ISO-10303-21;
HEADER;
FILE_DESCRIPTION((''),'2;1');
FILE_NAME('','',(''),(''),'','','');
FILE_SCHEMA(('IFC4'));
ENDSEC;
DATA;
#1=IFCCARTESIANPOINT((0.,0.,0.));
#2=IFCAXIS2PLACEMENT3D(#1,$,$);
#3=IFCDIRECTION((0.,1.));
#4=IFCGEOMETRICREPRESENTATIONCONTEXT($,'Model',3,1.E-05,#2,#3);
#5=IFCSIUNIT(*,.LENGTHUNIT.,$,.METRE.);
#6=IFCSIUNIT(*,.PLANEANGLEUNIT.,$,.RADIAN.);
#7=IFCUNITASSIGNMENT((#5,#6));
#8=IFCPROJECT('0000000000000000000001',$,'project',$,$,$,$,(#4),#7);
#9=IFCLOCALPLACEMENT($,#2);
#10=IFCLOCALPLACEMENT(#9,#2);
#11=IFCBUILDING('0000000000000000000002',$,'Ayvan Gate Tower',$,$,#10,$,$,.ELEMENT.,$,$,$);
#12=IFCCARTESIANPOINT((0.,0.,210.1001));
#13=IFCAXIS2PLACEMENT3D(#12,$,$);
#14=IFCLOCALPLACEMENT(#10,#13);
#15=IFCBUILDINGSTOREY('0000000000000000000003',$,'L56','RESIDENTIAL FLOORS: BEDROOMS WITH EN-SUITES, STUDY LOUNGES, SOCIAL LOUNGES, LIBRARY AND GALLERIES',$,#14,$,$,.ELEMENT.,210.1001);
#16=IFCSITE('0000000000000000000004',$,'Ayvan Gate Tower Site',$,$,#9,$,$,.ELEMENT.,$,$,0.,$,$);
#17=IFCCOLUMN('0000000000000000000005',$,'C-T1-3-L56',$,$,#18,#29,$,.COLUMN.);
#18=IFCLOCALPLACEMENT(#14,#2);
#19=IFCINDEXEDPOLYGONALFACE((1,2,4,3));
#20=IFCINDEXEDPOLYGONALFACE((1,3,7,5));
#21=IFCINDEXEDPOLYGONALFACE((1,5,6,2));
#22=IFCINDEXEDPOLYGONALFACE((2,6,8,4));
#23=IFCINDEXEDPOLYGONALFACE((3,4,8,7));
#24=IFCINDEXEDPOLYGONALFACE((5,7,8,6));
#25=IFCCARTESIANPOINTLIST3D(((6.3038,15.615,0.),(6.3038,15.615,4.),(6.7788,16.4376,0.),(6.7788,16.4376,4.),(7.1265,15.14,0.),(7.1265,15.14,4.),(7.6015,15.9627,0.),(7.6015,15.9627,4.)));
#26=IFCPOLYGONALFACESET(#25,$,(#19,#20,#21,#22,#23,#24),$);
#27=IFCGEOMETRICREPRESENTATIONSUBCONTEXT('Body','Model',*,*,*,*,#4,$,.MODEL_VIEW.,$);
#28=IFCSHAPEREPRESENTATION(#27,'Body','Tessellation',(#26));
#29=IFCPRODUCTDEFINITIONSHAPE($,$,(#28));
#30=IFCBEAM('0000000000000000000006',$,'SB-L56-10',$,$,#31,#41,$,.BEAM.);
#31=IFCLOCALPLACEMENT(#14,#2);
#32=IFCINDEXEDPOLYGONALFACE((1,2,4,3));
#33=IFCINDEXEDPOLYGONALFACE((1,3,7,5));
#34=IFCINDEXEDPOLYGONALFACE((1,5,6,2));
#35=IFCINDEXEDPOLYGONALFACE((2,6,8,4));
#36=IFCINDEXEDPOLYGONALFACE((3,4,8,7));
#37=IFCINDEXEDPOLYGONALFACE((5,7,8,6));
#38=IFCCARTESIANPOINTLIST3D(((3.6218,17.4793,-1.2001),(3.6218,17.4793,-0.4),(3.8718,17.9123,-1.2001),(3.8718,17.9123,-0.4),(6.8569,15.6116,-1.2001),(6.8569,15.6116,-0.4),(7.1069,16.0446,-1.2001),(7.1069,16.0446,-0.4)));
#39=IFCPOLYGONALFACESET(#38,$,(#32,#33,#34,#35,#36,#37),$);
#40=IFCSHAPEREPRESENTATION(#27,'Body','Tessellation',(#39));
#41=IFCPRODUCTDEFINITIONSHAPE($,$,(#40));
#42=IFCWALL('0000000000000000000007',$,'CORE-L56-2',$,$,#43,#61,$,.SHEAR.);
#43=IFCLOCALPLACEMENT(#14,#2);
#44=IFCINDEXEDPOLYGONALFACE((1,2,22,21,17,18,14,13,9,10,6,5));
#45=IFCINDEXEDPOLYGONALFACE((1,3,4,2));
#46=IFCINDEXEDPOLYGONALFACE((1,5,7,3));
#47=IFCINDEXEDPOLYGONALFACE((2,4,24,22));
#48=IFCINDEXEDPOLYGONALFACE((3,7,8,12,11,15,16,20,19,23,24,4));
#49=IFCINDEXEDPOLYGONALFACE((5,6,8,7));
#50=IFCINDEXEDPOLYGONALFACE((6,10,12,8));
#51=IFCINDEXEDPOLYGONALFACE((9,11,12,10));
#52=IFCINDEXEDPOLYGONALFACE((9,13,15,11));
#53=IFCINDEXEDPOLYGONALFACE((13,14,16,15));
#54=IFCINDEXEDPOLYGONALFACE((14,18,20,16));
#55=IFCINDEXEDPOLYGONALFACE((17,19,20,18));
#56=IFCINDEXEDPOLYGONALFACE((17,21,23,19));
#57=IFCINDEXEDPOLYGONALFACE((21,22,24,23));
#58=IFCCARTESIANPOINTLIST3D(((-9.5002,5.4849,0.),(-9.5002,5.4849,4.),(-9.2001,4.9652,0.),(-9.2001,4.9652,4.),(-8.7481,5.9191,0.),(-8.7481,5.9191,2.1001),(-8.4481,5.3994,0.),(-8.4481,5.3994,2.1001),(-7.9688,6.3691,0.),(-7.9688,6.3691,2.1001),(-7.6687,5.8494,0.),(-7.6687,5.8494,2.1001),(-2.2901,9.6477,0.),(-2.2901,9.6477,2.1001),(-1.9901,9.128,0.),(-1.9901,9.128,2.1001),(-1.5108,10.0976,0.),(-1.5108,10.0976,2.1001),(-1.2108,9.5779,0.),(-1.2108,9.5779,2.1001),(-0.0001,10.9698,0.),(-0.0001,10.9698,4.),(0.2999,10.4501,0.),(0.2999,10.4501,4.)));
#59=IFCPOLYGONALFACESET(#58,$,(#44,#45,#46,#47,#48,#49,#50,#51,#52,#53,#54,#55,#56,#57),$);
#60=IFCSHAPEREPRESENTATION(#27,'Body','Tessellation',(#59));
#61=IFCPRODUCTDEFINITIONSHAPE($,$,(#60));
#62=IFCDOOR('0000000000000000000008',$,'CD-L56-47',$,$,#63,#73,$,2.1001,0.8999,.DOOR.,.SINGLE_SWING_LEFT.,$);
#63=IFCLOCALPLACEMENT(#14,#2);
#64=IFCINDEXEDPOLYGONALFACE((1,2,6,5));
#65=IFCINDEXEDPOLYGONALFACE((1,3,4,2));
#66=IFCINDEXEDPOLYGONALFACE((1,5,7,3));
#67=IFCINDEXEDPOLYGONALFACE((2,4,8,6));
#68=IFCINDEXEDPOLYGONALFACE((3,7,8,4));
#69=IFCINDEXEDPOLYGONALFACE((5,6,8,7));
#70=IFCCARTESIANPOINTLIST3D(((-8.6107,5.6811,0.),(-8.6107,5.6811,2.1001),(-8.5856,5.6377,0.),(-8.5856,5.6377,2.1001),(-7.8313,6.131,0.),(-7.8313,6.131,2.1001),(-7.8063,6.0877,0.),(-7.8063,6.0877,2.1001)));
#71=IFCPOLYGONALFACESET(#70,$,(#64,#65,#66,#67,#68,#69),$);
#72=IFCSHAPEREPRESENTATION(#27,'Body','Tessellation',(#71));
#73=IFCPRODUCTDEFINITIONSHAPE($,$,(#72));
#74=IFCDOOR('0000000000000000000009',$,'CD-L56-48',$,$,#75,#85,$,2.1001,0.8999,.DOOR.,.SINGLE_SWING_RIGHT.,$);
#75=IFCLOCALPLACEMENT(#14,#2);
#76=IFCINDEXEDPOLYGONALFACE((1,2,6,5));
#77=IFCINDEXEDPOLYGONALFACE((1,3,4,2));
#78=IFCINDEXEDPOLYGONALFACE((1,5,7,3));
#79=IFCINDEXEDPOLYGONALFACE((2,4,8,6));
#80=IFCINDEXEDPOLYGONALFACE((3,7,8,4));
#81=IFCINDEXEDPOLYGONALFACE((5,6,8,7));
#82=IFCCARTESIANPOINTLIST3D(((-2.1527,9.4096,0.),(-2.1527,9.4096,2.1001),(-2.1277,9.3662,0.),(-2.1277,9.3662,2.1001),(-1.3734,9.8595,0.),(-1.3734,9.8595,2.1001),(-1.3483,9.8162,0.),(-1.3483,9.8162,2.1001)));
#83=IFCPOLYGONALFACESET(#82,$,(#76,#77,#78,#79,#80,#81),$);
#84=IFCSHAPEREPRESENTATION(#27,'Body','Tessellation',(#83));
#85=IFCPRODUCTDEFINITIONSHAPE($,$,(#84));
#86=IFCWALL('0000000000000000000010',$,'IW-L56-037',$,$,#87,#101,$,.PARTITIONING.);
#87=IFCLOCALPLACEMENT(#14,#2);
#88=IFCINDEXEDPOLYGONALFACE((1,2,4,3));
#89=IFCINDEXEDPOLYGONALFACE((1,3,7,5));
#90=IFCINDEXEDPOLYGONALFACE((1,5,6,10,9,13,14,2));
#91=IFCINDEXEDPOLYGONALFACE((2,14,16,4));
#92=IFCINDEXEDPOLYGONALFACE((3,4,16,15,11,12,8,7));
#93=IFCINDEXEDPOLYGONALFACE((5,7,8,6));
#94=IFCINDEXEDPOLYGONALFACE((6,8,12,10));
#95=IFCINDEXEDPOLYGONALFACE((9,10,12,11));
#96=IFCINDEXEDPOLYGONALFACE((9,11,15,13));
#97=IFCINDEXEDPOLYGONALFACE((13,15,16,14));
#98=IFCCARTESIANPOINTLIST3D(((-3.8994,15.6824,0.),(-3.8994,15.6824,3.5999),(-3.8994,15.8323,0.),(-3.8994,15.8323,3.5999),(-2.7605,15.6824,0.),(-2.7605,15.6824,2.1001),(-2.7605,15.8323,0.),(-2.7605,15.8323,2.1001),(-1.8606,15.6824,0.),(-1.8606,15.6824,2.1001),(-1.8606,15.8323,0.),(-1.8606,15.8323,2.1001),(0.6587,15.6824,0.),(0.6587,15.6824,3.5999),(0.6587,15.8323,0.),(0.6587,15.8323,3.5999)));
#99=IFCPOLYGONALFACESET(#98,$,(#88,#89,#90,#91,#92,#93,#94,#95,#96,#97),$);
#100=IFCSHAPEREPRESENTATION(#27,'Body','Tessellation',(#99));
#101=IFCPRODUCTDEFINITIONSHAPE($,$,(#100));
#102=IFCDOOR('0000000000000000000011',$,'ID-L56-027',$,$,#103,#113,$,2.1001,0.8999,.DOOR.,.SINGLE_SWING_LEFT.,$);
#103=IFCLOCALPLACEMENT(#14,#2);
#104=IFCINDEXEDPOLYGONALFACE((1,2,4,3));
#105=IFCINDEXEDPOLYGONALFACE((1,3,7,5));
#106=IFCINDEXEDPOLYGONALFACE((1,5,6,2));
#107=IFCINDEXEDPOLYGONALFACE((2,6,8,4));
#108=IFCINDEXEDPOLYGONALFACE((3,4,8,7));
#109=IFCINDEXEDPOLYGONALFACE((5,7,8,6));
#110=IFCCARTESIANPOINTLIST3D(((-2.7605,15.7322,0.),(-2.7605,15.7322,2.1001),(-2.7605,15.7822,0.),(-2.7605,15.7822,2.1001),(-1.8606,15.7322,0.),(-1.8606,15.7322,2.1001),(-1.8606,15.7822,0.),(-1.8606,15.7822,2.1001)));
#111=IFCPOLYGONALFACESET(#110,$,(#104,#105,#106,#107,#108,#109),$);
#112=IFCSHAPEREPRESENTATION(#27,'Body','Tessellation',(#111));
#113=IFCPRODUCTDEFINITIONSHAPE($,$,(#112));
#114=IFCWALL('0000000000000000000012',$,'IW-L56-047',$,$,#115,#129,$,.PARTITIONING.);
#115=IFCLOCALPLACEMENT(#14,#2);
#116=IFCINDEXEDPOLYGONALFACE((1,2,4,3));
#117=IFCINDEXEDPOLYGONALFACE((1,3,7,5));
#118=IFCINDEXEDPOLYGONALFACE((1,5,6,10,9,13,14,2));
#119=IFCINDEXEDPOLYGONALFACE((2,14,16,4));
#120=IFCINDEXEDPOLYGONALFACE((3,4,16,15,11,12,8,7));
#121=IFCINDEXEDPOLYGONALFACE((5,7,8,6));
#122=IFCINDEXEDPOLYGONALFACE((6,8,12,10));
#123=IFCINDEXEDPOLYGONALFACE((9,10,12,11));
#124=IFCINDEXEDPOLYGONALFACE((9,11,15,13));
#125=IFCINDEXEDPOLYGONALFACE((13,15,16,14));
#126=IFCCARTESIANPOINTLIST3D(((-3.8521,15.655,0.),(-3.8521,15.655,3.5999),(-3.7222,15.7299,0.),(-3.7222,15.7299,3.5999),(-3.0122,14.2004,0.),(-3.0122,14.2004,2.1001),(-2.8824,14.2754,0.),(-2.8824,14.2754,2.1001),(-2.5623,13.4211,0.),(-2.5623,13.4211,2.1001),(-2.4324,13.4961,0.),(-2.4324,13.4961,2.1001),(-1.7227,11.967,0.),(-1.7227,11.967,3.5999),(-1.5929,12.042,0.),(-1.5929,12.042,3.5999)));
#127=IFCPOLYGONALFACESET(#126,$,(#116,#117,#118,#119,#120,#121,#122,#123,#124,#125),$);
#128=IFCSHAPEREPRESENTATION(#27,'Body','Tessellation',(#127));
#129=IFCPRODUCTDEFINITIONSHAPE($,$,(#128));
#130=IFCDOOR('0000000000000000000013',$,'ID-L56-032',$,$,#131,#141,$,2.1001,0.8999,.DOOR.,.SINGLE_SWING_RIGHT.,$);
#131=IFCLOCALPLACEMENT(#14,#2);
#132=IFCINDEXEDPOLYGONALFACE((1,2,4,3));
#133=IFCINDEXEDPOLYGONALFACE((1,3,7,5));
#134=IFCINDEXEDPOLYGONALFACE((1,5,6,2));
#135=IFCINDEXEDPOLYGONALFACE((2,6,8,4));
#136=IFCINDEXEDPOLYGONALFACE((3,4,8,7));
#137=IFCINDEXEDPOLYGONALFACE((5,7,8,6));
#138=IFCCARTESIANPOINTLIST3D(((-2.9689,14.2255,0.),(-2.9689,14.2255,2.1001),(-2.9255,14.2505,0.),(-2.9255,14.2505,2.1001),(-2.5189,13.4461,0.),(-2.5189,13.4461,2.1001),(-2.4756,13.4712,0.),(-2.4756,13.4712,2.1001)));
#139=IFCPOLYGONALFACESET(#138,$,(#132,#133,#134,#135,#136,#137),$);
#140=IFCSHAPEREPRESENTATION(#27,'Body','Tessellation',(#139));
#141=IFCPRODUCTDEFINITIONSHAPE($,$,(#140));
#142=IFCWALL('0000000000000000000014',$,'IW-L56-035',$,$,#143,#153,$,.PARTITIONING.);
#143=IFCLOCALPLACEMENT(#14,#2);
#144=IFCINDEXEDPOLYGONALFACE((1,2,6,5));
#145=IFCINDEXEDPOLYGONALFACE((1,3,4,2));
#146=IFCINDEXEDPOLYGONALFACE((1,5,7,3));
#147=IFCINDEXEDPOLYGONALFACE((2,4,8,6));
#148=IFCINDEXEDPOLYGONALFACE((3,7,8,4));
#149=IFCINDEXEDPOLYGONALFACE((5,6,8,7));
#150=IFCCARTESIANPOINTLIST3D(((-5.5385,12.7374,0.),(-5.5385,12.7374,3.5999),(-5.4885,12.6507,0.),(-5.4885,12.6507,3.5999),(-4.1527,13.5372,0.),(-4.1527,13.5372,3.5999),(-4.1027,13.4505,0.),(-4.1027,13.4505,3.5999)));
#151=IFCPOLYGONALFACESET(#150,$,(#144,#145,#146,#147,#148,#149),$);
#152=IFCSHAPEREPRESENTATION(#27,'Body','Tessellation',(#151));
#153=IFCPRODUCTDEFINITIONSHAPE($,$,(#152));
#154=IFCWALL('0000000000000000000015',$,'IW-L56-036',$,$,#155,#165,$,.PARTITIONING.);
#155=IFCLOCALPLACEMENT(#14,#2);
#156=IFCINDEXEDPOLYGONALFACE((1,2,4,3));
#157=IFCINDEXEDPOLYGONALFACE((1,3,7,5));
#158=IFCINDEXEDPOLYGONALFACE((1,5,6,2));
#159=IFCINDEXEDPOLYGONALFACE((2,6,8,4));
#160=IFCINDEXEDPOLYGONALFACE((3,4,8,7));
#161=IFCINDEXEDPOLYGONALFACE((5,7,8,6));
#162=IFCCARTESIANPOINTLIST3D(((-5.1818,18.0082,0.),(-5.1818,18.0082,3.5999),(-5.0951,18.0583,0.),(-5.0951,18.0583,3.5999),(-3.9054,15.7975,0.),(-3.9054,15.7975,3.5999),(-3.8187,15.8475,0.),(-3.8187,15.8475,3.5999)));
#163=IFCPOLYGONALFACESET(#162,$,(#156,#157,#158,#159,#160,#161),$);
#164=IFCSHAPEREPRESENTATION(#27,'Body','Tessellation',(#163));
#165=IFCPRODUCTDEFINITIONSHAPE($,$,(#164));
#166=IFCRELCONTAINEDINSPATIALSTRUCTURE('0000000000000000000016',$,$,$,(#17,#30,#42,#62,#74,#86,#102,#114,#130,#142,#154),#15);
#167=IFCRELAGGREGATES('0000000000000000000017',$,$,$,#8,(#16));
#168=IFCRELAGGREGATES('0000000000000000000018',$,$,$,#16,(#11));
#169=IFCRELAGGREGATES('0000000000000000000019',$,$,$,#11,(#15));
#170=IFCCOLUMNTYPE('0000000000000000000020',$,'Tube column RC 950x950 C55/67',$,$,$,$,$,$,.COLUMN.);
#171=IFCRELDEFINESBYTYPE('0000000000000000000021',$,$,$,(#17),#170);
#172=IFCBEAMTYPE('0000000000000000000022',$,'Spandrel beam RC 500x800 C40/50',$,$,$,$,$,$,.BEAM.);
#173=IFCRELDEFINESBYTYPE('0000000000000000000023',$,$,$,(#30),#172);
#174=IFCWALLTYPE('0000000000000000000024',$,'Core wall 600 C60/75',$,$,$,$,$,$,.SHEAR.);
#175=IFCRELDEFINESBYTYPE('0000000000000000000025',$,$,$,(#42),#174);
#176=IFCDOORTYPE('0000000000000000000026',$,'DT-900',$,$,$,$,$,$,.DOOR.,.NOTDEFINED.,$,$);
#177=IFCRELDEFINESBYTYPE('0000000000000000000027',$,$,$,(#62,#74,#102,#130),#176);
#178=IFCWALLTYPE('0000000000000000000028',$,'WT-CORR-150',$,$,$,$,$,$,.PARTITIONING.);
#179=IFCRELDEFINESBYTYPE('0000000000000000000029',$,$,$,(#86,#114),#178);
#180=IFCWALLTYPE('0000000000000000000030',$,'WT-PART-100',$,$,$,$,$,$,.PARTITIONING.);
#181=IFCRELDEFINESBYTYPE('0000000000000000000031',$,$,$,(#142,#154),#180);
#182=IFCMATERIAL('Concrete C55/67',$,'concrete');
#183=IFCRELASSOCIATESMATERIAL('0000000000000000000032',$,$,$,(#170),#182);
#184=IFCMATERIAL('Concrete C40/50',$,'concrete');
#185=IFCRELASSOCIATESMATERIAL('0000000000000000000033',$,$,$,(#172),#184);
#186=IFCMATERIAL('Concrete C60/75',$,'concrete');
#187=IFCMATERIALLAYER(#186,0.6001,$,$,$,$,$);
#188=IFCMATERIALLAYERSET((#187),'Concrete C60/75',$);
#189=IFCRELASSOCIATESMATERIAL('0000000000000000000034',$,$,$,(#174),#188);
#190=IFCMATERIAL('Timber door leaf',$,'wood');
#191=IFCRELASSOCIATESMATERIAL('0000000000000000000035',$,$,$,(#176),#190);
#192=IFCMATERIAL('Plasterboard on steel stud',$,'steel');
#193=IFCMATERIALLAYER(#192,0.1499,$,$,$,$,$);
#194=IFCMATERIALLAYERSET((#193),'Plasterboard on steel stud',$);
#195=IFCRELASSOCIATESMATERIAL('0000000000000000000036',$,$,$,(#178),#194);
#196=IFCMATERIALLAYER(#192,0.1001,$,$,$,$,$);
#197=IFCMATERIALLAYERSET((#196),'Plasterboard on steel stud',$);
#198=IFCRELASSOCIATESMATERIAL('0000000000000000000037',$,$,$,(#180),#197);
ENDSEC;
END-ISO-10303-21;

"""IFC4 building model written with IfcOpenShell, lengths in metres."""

from ifc_helpers import new_model, si_unit, direction, frame, frame_2d, origin, origin_2d, place, context, subcontext, project, spatial, rectangle, extrude, material, layer, layer_set, material_profile, profile_set, type_object, element, fill, save


model = new_model("IFC4")

# Units and contexts
model_context = context("Model", 3, precision=1e-05, world=origin(), true_north=direction((0.0, 1.0)))
body_context = subcontext(model_context, "Body", "Model", "MODEL_VIEW")
ifc_project = project(units=[si_unit("LENGTHUNIT", "METRE"), si_unit("PLANEANGLEUNIT", "RADIAN")], contexts=[model_context])

# Site, building, storey
site_placement = place(None, origin())
site = spatial("IfcSite", under=ifc_project, at=site_placement, Name="Ayvan Gate Tower Site", CompositionType="ELEMENT", RefElevation=0.0)
building_placement = place(site_placement, origin())
building = spatial("IfcBuilding", under=site, at=building_placement, Name="Ayvan Gate Tower", CompositionType="ELEMENT")
storey_placement = place(building_placement, frame((0.0, 0.0, 210.1001)))
storey = spatial("IfcBuildingStorey", under=building, at=storey_placement, Name="L56", Description="RESIDENTIAL FLOORS: BEDROOMS WITH EN-SUITES, STUDY LOUNGES, SOCIAL LOUNGES, LIBRARY AND GALLERIES", CompositionType="ELEMENT", Elevation=210.1001)

# Column
ifc_material_1 = material(Name="Concrete C55/67", Category="concrete")
ifc_material_profile_1 = material_profile(ifc_material_1, rectangle(XDim=0.95, YDim=0.95, at=origin_2d()), Name="RC 950x950")
ifc_profile_set_1 = profile_set([ifc_material_profile_1], Name="Concrete C55/67")
column_type = type_object("IfcColumnType", Name="Tube column RC 950x950 C55/67", PredefinedType="COLUMN", material=ifc_profile_set_1)
column_placement = place(storey_placement, frame((6.9526, 15.7888, 0.0), z_axis=(0.0, 0.0, 1.0), x_axis=(0.5, 0.866025, 0.0)))
element("IfcColumn", 1, at=column_placement, inside=storey, type_object=column_type, Name="C-T1-3-L56", PredefinedType="COLUMN", context=body_context, shape_type="SweptSolid", body=[
    extrude(rectangle(XDim=0.95, YDim=0.95, at=origin_2d()), origin(), (0.0, 0.0, 1.0), 4.0),
])

# Beam
ifc_material_2 = material(Name="Concrete C40/50", Category="concrete")
ifc_material_profile_2 = material_profile(ifc_material_2, rectangle(XDim=0.5, YDim=0.8, at=origin_2d()), Name="RC 500x800")
ifc_profile_set_2 = profile_set([ifc_material_profile_2], Name="Concrete C40/50")
beam_type = type_object("IfcBeamType", Name="Spandrel beam RC 500x800 C40/50", PredefinedType="BEAM", material=ifc_profile_set_2)
beam_placement = place(storey_placement, frame((6.9819, 15.8281, -0.8), z_axis=(-0.866039, 0.499977, 0.0), x_axis=(-0.499977, -0.866039, 0.0)))
element("IfcBeam", 2, at=beam_placement, inside=storey, type_object=beam_type, Name="SB-L56-10", PredefinedType="BEAM", context=body_context, shape_type="SweptSolid", body=[
    extrude(rectangle(XDim=0.5, YDim=0.8, at=origin_2d()), origin(), (0.0, 0.0, 1.0), 3.7356),
])

# Wall, openings, doors
ifc_material_3 = material(Name="Concrete C60/75", Category="concrete")
ifc_layer_1 = layer(ifc_material_3, 0.6001)
ifc_layer_set_1 = layer_set([ifc_layer_1], Name="Concrete C60/75")
wall_type_1 = type_object("IfcWallType", Name="Core wall 600 C60/75", PredefinedType="SHEAR", material=ifc_layer_set_1)
wall_1_placement = place(storey_placement, frame((0.1499, 10.71, 0.0), z_axis=(0.0, 0.0, 1.0), x_axis=(-0.866024, -0.500002, 0.0)))
wall_1 = element("IfcWall", 3, at=wall_1_placement, inside=storey, type_object=wall_type_1, Name="CORE-L56-2", PredefinedType="SHEAR", context=body_context, shape_type="SweptSolid", body=[
    extrude(rectangle(XDim=10.9697, YDim=0.6001, at=frame_2d((5.4849, 0.0))), origin(), (0.0, 0.0, 1.0), 4.0),
])
opening_1_placement = place(wall_1_placement, frame((9.2014, 0.0, 0.0)))
opening_1 = element("IfcOpeningElement", 4, at=opening_1_placement, cuts=wall_1, PredefinedType="OPENING", context=body_context, shape_type="SweptSolid", body=[
    extrude(rectangle(XDim=0.8999, YDim=2.1001, at=frame_2d((0.45, 1.05))), frame((0.0, 0.3101, 0.0), z_axis=(0.0, -1.0, 0.0), x_axis=(1.0, 0.0, 0.0)), (0.0, 0.0, 1.0), 0.6201),
])
opening_2_placement = place(wall_1_placement, frame((1.7444, 0.0, 0.0)))
opening_2 = element("IfcOpeningElement", 5, at=opening_2_placement, cuts=wall_1, PredefinedType="OPENING", context=body_context, shape_type="SweptSolid", body=[
    extrude(rectangle(XDim=0.8999, YDim=2.1001, at=frame_2d((0.45, 1.05))), frame((0.0, 0.3101, 0.0), z_axis=(0.0, -1.0, 0.0), x_axis=(1.0, 0.0, 0.0)), (0.0, 0.0, 1.0), 0.6201),
])
ifc_material_4 = material(Name="Timber door leaf", Category="wood")
door_type_1 = type_object("IfcDoorType", Name="DT-900", OperationType="NOTDEFINED", PredefinedType="DOOR", material=ifc_material_4)
door_1_placement = place(opening_1_placement, origin())
door_1 = element("IfcDoor", 6, at=door_1_placement, inside=storey, type_object=door_type_1, Name="CD-L56-47", OperationType="SINGLE_SWING_LEFT", OverallHeight=2.1001, OverallWidth=0.8999, PredefinedType="DOOR", context=body_context, shape_type="SweptSolid", body=[
    extrude(rectangle(XDim=0.8999, YDim=2.1001, at=frame_2d((0.45, 1.05))), frame((0.0, 0.0249, 0.0), z_axis=(0.0, -1.0, 0.0), x_axis=(1.0, 0.0, 0.0)), (0.0, 0.0, 1.0), 0.05),
])
fill(opening_1, door_1)
door_2_placement = place(opening_2_placement, origin())
door_2 = element("IfcDoor", 7, at=door_2_placement, inside=storey, type_object=door_type_1, Name="CD-L56-48", OperationType="SINGLE_SWING_RIGHT", OverallHeight=2.1001, OverallWidth=0.8999, PredefinedType="DOOR", context=body_context, shape_type="SweptSolid", body=[
    extrude(rectangle(XDim=0.8999, YDim=2.1001, at=frame_2d((0.45, 1.05))), frame((0.0, 0.0249, 0.0), z_axis=(0.0, -1.0, 0.0), x_axis=(1.0, 0.0, 0.0)), (0.0, 0.0, 1.0), 0.05),
])
fill(opening_2, door_2)

# Walls, openings, doors
ifc_material_5 = material(Name="Plasterboard on steel stud", Category="steel")
ifc_layer_2 = layer(ifc_material_5, 0.1499)
ifc_layer_set_2 = layer_set([ifc_layer_2], Name="Plasterboard on steel stud")
wall_type_2 = type_object("IfcWallType", Name="WT-CORR-150", PredefinedType="PARTITIONING", material=ifc_layer_set_2)
wall_2_placement = place(storey_placement, frame((-3.8994, 15.7573, 0.0), z_axis=(0.0, 0.0, 1.0), x_axis=(1.0, 0.0, 0.0)))
wall_2 = element("IfcWall", 8, at=wall_2_placement, inside=storey, type_object=wall_type_2, Name="IW-L56-037", PredefinedType="PARTITIONING", context=body_context, shape_type="SweptSolid", body=[
    extrude(rectangle(XDim=4.5581, YDim=0.1499, at=frame_2d((2.2791, 0.0))), origin(), (0.0, 0.0, 1.0), 3.5999),
])
opening_3_placement = place(wall_2_placement, frame((1.1389, 0.0, 0.0)))
opening_3 = element("IfcOpeningElement", 9, at=opening_3_placement, cuts=wall_2, PredefinedType="OPENING", context=body_context, shape_type="SweptSolid", body=[
    extrude(rectangle(XDim=0.8999, YDim=2.1001, at=frame_2d((0.45, 1.05))), frame((0.0, 0.085, 0.0), z_axis=(0.0, -1.0, 0.0), x_axis=(1.0, 0.0, 0.0)), (0.0, 0.0, 1.0), 0.1699),
])
door_3_placement = place(opening_3_placement, origin())
door_3 = element("IfcDoor", 10, at=door_3_placement, inside=storey, type_object=door_type_1, Name="ID-L56-027", OperationType="SINGLE_SWING_LEFT", OverallHeight=2.1001, OverallWidth=0.8999, PredefinedType="DOOR", context=body_context, shape_type="SweptSolid", body=[
    extrude(rectangle(XDim=0.8999, YDim=2.1001, at=frame_2d((0.45, 1.05))), frame((0.0, 0.0249, 0.0), z_axis=(0.0, -1.0, 0.0), x_axis=(1.0, 0.0, 0.0)), (0.0, 0.0, 1.0), 0.05),
])
fill(opening_3, door_3)
wall_3_placement = place(storey_placement, frame((-1.6577, 12.0044, 0.0), z_axis=(0.0, 0.0, 1.0), x_axis=(-0.500024, 0.866012, 0.0)))
wall_3 = element("IfcWall", 11, at=wall_3_placement, inside=storey, type_object=wall_type_2, Name="IW-L56-047", PredefinedType="PARTITIONING", context=body_context, shape_type="SweptSolid", body=[
    extrude(rectangle(XDim=4.2585, YDim=0.1499, at=frame_2d((2.1294, 0.0))), origin(), (0.0, 0.0, 1.0), 3.5999),
])
opening_4_placement = place(wall_3_placement, frame((1.6792, 0.0, 0.0)))
opening_4 = element("IfcOpeningElement", 12, at=opening_4_placement, cuts=wall_3, PredefinedType="OPENING", context=body_context, shape_type="SweptSolid", body=[
    extrude(rectangle(XDim=0.8999, YDim=2.1001, at=frame_2d((0.45, 1.05))), frame((0.0, 0.085, 0.0), z_axis=(0.0, -1.0, 0.0), x_axis=(1.0, 0.0, 0.0)), (0.0, 0.0, 1.0), 0.1699),
])
door_4_placement = place(opening_4_placement, origin())
door_4 = element("IfcDoor", 13, at=door_4_placement, inside=storey, type_object=door_type_1, Name="ID-L56-032", OperationType="SINGLE_SWING_RIGHT", OverallHeight=2.1001, OverallWidth=0.8999, PredefinedType="DOOR", context=body_context, shape_type="SweptSolid", body=[
    extrude(rectangle(XDim=0.8999, YDim=2.1001, at=frame_2d((0.45, 1.05))), frame((0.0, 0.0249, 0.0), z_axis=(0.0, -1.0, 0.0), x_axis=(1.0, 0.0, 0.0)), (0.0, 0.0, 1.0), 0.05),
])
fill(opening_4, door_4)

# Walls
ifc_layer_3 = layer(ifc_material_5, 0.1001)
ifc_layer_set_3 = layer_set([ifc_layer_3], Name="Plasterboard on steel stud")
wall_type_3 = type_object("IfcWallType", Name="WT-PART-100", PredefinedType="PARTITIONING", material=ifc_layer_set_3)
wall_4_placement = place(storey_placement, frame((-4.1277, 13.4939, 0.0), z_axis=(0.0, 0.0, 1.0), x_axis=(-0.866094, -0.499881, 0.0)))
element("IfcWall", 14, at=wall_4_placement, inside=storey, type_object=wall_type_3, Name="IW-L56-035", PredefinedType="PARTITIONING", context=body_context, shape_type="SweptSolid", body=[
    extrude(rectangle(XDim=1.6001, YDim=0.1001, at=frame_2d((0.8, 0.0))), origin(), (0.0, 0.0, 1.0), 3.5999),
])
wall_5_placement = place(storey_placement, frame((-3.8621, 15.8225, 0.0), z_axis=(0.0, 0.0, 1.0), x_axis=(-0.500007, 0.866022, 0.0)))
element("IfcWall", 15, at=wall_5_placement, inside=storey, type_object=wall_type_3, Name="IW-L56-036", PredefinedType="PARTITIONING", context=body_context, shape_type="SweptSolid", body=[
    extrude(rectangle(XDim=2.5527, YDim=0.1001, at=frame_2d((1.2764, 0.0))), origin(), (0.0, 0.0, 1.0), 3.5999),
])

save(model, "model.ifc")
